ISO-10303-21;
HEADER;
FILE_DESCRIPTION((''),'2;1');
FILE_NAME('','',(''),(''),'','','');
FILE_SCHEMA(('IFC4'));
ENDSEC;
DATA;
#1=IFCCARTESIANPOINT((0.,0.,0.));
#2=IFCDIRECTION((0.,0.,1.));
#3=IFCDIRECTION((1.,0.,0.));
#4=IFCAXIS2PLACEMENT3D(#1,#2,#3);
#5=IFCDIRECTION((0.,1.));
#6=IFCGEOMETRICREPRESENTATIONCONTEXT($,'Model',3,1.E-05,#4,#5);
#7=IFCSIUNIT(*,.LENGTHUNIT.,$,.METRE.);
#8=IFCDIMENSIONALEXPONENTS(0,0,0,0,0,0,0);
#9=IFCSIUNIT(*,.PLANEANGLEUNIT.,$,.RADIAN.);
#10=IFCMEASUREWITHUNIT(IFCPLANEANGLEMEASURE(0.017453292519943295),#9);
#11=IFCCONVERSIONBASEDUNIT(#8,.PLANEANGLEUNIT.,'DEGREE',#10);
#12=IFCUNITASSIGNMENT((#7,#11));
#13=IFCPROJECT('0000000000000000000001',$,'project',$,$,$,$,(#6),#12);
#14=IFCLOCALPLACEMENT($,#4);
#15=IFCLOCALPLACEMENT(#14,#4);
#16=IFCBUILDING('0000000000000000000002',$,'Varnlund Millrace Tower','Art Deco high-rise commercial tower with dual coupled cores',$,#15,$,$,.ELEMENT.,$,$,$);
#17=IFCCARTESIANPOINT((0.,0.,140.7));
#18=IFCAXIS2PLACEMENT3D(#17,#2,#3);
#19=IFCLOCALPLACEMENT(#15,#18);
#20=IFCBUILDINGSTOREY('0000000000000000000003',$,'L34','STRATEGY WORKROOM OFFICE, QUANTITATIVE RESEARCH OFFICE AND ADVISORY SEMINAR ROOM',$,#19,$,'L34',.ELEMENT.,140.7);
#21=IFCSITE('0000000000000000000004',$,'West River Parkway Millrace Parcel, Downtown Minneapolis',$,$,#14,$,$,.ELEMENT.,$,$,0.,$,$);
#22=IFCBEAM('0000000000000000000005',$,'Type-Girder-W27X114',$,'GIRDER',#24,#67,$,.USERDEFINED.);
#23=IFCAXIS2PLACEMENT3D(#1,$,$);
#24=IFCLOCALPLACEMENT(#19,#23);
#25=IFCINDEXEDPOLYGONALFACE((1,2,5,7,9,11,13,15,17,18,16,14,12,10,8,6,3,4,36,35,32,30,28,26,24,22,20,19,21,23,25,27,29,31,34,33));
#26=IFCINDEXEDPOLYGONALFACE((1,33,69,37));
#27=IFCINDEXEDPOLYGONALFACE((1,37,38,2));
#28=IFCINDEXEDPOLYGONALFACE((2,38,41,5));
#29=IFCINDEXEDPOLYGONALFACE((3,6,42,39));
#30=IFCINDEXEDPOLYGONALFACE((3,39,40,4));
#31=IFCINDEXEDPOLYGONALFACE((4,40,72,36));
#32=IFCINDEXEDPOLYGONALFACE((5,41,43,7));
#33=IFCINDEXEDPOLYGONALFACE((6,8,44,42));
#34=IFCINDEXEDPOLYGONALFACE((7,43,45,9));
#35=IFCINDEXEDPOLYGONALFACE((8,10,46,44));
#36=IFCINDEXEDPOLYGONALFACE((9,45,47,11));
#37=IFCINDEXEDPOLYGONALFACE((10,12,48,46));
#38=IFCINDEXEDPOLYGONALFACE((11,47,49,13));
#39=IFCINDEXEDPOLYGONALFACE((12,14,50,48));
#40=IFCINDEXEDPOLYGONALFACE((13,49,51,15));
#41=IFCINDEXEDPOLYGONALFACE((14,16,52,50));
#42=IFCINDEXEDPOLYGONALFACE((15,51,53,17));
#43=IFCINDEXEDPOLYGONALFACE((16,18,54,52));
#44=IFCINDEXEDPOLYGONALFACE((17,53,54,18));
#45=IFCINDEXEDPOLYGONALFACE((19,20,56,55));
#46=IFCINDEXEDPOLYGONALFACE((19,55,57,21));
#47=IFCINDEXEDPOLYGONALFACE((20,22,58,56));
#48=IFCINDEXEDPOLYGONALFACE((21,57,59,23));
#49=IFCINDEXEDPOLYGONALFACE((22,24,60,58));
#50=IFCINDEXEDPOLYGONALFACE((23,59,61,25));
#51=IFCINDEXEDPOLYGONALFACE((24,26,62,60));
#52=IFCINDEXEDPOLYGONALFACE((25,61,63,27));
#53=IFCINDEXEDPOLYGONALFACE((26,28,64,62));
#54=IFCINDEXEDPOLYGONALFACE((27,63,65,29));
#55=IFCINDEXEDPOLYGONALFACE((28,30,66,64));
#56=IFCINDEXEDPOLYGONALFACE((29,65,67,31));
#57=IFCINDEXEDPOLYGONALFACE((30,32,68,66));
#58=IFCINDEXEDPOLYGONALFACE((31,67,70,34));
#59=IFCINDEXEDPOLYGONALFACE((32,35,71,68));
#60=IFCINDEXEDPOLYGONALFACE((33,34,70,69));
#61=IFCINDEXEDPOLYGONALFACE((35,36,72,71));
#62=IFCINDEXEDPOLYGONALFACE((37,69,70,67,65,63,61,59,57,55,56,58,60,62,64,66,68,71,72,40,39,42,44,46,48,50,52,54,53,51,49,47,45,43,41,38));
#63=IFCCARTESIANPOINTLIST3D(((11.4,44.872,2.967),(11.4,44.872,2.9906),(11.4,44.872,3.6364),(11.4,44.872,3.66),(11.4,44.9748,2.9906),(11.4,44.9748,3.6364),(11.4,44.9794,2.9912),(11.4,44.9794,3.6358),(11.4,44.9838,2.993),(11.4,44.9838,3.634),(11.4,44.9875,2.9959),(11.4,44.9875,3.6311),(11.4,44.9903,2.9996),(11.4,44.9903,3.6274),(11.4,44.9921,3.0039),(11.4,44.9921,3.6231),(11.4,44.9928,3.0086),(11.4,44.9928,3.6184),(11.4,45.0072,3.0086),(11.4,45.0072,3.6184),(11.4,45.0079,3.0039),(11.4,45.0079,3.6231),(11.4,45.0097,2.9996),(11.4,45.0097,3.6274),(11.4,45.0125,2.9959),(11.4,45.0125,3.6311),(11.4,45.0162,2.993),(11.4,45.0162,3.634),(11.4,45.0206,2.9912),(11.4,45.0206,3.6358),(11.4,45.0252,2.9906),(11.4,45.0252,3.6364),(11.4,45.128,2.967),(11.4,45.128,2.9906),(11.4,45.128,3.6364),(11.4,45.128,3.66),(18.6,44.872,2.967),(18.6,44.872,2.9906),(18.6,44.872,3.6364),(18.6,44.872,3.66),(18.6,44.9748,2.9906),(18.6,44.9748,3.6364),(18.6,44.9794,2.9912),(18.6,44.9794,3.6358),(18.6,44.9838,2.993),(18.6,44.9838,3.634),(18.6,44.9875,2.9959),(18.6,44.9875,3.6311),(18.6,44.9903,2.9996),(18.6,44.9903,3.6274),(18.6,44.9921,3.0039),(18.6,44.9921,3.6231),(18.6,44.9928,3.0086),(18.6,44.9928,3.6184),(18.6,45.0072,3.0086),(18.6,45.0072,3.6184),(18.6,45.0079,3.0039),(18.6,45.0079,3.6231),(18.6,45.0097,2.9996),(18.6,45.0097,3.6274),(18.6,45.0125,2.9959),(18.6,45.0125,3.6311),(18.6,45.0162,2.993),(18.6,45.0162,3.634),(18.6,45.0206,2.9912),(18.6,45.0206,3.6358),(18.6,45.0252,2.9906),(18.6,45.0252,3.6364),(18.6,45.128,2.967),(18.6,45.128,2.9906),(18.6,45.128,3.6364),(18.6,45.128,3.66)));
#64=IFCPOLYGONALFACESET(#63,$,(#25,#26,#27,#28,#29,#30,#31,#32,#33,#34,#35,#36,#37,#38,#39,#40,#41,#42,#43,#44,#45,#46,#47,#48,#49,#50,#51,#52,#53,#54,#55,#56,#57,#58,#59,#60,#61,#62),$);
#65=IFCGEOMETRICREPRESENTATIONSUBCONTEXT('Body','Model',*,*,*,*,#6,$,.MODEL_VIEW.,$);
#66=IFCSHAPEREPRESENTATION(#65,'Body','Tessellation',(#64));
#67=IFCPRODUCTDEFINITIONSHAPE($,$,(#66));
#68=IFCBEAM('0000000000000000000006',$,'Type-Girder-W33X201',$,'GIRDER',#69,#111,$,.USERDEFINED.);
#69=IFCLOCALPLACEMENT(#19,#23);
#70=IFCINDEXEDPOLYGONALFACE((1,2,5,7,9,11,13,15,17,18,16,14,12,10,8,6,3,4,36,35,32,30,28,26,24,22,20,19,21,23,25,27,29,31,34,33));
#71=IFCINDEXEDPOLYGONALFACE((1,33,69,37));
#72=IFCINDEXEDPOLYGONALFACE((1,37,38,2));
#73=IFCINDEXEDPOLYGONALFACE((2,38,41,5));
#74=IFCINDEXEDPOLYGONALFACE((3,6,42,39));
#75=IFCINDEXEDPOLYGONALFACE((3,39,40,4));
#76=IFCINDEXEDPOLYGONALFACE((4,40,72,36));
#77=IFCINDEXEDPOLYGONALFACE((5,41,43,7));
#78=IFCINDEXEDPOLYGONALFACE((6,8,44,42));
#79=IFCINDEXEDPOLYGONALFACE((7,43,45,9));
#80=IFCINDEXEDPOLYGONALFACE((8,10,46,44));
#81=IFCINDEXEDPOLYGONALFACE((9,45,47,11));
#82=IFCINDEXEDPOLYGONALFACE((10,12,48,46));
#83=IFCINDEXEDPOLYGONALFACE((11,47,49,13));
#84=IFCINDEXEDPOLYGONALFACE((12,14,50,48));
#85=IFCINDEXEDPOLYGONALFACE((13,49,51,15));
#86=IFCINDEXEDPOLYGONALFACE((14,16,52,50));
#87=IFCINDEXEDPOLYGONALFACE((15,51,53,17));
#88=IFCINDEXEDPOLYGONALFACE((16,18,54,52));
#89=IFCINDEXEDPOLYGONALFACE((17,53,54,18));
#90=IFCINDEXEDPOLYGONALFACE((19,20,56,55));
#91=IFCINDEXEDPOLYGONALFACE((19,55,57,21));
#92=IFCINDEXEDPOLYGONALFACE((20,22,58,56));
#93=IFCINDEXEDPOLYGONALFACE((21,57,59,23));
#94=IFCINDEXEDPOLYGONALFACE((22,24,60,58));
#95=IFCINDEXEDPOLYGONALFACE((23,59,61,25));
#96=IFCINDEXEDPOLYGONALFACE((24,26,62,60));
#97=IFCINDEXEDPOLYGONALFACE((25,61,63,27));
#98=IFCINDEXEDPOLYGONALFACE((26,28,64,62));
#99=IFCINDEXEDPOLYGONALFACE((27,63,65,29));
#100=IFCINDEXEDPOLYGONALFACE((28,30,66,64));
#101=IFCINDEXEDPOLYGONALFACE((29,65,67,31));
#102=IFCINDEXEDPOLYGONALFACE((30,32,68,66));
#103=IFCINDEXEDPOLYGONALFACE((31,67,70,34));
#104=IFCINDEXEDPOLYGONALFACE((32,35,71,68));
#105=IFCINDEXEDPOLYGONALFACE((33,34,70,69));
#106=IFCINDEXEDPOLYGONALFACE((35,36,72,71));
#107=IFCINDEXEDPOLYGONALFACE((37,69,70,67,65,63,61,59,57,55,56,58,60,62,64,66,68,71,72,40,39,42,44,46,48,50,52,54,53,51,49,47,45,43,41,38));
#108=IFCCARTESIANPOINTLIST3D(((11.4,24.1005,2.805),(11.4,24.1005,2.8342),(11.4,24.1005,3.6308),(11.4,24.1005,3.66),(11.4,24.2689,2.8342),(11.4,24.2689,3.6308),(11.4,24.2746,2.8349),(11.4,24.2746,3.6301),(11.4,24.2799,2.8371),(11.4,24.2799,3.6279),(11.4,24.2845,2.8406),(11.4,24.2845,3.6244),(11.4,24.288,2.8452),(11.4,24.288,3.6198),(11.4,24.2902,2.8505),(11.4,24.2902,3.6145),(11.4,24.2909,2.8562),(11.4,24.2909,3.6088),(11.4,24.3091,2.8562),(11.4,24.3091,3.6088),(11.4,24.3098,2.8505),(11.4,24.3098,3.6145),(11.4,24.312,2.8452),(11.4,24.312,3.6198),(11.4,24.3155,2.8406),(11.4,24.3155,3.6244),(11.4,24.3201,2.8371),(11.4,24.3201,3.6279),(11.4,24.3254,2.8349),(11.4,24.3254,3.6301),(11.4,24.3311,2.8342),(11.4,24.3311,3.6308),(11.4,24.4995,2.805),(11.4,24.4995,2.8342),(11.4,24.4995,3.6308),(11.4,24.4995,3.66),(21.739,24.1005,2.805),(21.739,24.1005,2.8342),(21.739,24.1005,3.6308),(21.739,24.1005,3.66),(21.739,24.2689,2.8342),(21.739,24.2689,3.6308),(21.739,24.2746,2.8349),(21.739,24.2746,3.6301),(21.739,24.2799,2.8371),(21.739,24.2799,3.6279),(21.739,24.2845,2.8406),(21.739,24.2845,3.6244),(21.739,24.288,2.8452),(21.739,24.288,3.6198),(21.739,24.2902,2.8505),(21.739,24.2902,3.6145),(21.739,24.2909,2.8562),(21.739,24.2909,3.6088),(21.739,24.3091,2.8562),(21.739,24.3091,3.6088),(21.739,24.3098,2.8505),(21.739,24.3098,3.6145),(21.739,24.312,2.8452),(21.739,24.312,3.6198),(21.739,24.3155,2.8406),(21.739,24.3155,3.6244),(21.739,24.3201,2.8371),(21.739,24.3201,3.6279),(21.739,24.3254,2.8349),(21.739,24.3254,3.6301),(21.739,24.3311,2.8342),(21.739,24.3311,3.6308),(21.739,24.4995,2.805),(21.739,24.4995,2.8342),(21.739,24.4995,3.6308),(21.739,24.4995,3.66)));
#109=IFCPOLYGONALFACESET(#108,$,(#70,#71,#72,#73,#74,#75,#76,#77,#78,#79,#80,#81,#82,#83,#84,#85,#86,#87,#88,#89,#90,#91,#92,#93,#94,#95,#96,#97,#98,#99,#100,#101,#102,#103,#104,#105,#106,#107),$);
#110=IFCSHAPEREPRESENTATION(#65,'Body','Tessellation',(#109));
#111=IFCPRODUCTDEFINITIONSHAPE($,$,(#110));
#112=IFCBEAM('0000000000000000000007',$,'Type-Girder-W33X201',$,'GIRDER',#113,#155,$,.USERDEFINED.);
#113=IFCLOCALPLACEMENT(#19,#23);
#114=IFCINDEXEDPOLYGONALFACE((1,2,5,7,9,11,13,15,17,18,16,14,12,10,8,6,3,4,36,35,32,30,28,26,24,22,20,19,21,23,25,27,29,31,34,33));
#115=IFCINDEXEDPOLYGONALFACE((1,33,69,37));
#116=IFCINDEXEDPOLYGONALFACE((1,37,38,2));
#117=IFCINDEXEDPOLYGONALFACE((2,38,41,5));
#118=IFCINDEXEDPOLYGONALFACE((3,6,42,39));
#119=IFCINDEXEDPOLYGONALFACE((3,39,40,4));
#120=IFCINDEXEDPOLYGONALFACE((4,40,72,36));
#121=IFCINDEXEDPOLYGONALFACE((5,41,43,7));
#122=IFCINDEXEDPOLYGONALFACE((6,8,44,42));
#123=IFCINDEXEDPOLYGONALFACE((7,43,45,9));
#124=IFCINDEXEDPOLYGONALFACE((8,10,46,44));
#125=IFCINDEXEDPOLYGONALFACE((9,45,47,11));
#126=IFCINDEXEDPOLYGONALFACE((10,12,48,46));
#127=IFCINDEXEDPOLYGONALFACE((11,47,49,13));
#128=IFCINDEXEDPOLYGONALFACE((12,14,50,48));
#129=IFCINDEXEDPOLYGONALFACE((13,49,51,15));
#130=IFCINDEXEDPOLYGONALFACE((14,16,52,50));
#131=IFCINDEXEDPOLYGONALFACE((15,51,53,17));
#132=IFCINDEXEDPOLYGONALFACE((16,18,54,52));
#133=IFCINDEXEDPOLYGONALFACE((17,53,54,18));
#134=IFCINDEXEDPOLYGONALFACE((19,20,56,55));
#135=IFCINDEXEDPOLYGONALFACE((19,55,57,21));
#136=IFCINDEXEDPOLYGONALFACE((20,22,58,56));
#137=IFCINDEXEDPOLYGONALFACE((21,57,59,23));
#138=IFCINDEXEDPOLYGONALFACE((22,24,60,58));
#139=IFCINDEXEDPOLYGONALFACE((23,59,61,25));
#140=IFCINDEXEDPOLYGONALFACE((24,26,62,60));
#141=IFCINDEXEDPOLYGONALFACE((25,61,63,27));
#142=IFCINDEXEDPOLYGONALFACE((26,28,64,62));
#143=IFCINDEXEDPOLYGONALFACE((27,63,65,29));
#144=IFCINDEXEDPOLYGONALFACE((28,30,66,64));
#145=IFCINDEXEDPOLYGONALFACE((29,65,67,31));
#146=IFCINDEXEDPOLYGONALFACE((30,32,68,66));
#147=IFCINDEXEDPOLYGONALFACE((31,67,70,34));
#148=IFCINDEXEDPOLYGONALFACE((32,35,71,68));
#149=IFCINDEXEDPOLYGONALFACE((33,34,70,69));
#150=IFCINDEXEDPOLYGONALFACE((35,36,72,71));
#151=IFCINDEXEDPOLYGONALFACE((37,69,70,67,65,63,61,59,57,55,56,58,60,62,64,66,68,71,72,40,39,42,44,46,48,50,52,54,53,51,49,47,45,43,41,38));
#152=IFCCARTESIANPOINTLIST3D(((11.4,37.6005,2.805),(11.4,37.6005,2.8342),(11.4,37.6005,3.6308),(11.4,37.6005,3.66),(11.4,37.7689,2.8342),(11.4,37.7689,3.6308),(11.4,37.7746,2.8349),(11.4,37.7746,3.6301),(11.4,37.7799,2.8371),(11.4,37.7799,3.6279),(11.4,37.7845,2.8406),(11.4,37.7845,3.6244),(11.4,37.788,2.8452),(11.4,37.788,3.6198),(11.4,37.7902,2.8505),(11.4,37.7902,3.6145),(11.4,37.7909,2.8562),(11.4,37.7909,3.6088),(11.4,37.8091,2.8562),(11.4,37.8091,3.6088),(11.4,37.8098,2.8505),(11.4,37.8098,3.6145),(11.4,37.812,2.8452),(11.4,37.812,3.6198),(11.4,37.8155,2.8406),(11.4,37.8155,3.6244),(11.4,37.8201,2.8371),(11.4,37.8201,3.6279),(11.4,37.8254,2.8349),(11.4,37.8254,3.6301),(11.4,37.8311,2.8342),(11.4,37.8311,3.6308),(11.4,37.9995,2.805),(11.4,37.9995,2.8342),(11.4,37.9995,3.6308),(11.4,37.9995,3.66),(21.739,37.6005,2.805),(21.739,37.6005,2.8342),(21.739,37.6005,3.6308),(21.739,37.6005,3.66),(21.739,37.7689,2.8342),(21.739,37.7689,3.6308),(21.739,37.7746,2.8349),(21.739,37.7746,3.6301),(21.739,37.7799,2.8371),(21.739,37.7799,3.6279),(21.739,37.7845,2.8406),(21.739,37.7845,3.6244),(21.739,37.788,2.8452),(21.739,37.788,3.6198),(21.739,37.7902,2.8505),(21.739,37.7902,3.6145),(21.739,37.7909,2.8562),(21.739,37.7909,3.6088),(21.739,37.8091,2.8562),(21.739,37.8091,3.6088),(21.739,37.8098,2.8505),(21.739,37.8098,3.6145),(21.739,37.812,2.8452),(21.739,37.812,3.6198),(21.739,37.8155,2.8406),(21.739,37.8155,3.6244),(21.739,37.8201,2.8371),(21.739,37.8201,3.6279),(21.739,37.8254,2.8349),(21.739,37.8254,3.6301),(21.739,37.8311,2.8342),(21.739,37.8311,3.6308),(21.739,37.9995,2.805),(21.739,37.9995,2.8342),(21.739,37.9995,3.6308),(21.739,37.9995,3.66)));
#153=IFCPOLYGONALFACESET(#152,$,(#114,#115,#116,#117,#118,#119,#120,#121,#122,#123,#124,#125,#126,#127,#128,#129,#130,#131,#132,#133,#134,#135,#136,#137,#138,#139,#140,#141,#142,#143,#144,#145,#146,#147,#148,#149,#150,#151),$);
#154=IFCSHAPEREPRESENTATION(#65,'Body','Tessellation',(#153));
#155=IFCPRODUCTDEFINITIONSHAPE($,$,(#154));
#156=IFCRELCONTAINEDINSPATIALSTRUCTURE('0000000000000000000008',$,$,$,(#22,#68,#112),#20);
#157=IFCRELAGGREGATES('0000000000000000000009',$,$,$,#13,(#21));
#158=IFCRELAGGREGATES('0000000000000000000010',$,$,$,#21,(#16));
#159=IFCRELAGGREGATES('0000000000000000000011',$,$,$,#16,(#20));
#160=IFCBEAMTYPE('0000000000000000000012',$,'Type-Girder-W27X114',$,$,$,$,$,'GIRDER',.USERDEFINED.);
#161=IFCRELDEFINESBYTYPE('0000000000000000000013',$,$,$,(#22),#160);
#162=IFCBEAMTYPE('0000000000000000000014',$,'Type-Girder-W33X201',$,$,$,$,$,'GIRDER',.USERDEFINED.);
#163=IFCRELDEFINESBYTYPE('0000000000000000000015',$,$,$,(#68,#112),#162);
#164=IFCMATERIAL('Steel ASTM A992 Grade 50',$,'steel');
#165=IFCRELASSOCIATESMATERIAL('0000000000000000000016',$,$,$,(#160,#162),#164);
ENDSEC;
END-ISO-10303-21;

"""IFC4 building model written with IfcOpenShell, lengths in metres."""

from ifc_helpers import new_model, entity, si_unit, converted_unit, direction, frame, origin_with_axes, origin_2d_with_axis, place, context, subcontext, project, spatial, i_section, extrude, material, material_profile, profile_set, type_object, element, save


model = new_model("IFC4")

# Units and contexts
model_context = context("Model", 3, precision=1e-05, world=origin_with_axes(), true_north=direction((0.0, 1.0)))
body_context = subcontext(model_context, "Body", "Model", "MODEL_VIEW")
ifc_project = project(units=[si_unit("LENGTHUNIT", "METRE"), converted_unit("PLANEANGLEUNIT", "DEGREE", entity("IfcPlaneAngleMeasure", 0.017453292519943295), si_unit("PLANEANGLEUNIT", "RADIAN"), dimensions=[0, 0, 0, 0, 0, 0, 0])], contexts=[model_context])

# Site, building, storey
site_placement = place(None, origin_with_axes())
site = spatial("IfcSite", under=ifc_project, at=site_placement, Name="West River Parkway Millrace Parcel, Downtown Minneapolis", CompositionType="ELEMENT", RefElevation=0.0)
building_placement = place(site_placement, origin_with_axes())
building = spatial("IfcBuilding", under=site, at=building_placement, Name="Varnlund Millrace Tower", Description="Art Deco high-rise commercial tower with dual coupled cores", CompositionType="ELEMENT")
storey_placement = place(building_placement, frame((0.0, 0.0, 140.7), z_axis=(0.0, 0.0, 1.0), x_axis=(1.0, 0.0, 0.0)))
storey = spatial("IfcBuildingStorey", under=building, at=storey_placement, Name="L34", Description="STRATEGY WORKROOM OFFICE, QUANTITATIVE RESEARCH OFFICE AND ADVISORY SEMINAR ROOM", LongName="L34", CompositionType="ELEMENT", Elevation=140.7)

# Beams
ifc_material_1 = material(Name="Steel ASTM A992 Grade 50", Category="steel")
ifc_material_profile_1 = material_profile(ifc_material_1, i_section(OverallWidth=0.256, OverallDepth=0.693, WebThickness=0.0145, FlangeThickness=0.0236, FilletRadius=0.018, at=origin_2d_with_axis()), Name="Steel ASTM A992 Grade 50")
ifc_profile_set_1 = profile_set([ifc_material_profile_1], Name="Steel ASTM A992 Grade 50")
beam_type_1 = type_object("IfcBeamType", Name="Type-Girder-W27X114", ElementType="GIRDER", PredefinedType="USERDEFINED", material=ifc_profile_set_1)
beam_1_placement = place(storey_placement, frame((11.4, 45.0, 3.3135), z_axis=(1.0, 0.0, 0.0), x_axis=(0.0, 1.0, 0.0)))
element("IfcBeam", 1, at=beam_1_placement, inside=storey, type_object=beam_type_1, Name="Type-Girder-W27X114", ObjectType="GIRDER", PredefinedType="USERDEFINED", context=body_context, shape_type="SweptSolid", body=[
    extrude(i_section(OverallWidth=0.256, OverallDepth=0.693, WebThickness=0.0145, FlangeThickness=0.0236, FilletRadius=0.018, at=origin_2d_with_axis()), origin_with_axes(), (0.0, 0.0, 1.0), 7.2),
])
ifc_material_profile_2 = material_profile(ifc_material_1, i_section(OverallWidth=0.399, OverallDepth=0.855, WebThickness=0.0182, FlangeThickness=0.0292, FilletRadius=0.022, at=origin_2d_with_axis()), Name="Steel ASTM A992 Grade 50")
ifc_profile_set_2 = profile_set([ifc_material_profile_2], Name="Steel ASTM A992 Grade 50")
beam_type_2 = type_object("IfcBeamType", Name="Type-Girder-W33X201", ElementType="GIRDER", PredefinedType="USERDEFINED", material=ifc_profile_set_2)
for number, where, z_axis, x_axis, name in (
    (2, (11.4, 24.3, 3.2325), (1.0, 0.0, 0.0), (0.0, 1.0, 0.0), "Type-Girder-W33X201"),
    (3, (11.4, 37.8, 3.2325), (1.0, 0.0, 0.0), (0.0, 1.0, 0.0), "Type-Girder-W33X201"),
):
    element("IfcBeam", number, at=place(storey_placement, frame(where, z_axis=z_axis, x_axis=x_axis)), inside=storey, type_object=beam_type_2, Name=name, ObjectType="GIRDER", PredefinedType="USERDEFINED", context=body_context, shape_type="SweptSolid", body=[
        extrude(i_section(OverallWidth=0.399, OverallDepth=0.855, WebThickness=0.0182, FlangeThickness=0.0292, FilletRadius=0.022, at=origin_2d_with_axis()), origin_with_axes(), (0.0, 0.0, 1.0), 10.339),
    ])

save(model, "model.ifc")
